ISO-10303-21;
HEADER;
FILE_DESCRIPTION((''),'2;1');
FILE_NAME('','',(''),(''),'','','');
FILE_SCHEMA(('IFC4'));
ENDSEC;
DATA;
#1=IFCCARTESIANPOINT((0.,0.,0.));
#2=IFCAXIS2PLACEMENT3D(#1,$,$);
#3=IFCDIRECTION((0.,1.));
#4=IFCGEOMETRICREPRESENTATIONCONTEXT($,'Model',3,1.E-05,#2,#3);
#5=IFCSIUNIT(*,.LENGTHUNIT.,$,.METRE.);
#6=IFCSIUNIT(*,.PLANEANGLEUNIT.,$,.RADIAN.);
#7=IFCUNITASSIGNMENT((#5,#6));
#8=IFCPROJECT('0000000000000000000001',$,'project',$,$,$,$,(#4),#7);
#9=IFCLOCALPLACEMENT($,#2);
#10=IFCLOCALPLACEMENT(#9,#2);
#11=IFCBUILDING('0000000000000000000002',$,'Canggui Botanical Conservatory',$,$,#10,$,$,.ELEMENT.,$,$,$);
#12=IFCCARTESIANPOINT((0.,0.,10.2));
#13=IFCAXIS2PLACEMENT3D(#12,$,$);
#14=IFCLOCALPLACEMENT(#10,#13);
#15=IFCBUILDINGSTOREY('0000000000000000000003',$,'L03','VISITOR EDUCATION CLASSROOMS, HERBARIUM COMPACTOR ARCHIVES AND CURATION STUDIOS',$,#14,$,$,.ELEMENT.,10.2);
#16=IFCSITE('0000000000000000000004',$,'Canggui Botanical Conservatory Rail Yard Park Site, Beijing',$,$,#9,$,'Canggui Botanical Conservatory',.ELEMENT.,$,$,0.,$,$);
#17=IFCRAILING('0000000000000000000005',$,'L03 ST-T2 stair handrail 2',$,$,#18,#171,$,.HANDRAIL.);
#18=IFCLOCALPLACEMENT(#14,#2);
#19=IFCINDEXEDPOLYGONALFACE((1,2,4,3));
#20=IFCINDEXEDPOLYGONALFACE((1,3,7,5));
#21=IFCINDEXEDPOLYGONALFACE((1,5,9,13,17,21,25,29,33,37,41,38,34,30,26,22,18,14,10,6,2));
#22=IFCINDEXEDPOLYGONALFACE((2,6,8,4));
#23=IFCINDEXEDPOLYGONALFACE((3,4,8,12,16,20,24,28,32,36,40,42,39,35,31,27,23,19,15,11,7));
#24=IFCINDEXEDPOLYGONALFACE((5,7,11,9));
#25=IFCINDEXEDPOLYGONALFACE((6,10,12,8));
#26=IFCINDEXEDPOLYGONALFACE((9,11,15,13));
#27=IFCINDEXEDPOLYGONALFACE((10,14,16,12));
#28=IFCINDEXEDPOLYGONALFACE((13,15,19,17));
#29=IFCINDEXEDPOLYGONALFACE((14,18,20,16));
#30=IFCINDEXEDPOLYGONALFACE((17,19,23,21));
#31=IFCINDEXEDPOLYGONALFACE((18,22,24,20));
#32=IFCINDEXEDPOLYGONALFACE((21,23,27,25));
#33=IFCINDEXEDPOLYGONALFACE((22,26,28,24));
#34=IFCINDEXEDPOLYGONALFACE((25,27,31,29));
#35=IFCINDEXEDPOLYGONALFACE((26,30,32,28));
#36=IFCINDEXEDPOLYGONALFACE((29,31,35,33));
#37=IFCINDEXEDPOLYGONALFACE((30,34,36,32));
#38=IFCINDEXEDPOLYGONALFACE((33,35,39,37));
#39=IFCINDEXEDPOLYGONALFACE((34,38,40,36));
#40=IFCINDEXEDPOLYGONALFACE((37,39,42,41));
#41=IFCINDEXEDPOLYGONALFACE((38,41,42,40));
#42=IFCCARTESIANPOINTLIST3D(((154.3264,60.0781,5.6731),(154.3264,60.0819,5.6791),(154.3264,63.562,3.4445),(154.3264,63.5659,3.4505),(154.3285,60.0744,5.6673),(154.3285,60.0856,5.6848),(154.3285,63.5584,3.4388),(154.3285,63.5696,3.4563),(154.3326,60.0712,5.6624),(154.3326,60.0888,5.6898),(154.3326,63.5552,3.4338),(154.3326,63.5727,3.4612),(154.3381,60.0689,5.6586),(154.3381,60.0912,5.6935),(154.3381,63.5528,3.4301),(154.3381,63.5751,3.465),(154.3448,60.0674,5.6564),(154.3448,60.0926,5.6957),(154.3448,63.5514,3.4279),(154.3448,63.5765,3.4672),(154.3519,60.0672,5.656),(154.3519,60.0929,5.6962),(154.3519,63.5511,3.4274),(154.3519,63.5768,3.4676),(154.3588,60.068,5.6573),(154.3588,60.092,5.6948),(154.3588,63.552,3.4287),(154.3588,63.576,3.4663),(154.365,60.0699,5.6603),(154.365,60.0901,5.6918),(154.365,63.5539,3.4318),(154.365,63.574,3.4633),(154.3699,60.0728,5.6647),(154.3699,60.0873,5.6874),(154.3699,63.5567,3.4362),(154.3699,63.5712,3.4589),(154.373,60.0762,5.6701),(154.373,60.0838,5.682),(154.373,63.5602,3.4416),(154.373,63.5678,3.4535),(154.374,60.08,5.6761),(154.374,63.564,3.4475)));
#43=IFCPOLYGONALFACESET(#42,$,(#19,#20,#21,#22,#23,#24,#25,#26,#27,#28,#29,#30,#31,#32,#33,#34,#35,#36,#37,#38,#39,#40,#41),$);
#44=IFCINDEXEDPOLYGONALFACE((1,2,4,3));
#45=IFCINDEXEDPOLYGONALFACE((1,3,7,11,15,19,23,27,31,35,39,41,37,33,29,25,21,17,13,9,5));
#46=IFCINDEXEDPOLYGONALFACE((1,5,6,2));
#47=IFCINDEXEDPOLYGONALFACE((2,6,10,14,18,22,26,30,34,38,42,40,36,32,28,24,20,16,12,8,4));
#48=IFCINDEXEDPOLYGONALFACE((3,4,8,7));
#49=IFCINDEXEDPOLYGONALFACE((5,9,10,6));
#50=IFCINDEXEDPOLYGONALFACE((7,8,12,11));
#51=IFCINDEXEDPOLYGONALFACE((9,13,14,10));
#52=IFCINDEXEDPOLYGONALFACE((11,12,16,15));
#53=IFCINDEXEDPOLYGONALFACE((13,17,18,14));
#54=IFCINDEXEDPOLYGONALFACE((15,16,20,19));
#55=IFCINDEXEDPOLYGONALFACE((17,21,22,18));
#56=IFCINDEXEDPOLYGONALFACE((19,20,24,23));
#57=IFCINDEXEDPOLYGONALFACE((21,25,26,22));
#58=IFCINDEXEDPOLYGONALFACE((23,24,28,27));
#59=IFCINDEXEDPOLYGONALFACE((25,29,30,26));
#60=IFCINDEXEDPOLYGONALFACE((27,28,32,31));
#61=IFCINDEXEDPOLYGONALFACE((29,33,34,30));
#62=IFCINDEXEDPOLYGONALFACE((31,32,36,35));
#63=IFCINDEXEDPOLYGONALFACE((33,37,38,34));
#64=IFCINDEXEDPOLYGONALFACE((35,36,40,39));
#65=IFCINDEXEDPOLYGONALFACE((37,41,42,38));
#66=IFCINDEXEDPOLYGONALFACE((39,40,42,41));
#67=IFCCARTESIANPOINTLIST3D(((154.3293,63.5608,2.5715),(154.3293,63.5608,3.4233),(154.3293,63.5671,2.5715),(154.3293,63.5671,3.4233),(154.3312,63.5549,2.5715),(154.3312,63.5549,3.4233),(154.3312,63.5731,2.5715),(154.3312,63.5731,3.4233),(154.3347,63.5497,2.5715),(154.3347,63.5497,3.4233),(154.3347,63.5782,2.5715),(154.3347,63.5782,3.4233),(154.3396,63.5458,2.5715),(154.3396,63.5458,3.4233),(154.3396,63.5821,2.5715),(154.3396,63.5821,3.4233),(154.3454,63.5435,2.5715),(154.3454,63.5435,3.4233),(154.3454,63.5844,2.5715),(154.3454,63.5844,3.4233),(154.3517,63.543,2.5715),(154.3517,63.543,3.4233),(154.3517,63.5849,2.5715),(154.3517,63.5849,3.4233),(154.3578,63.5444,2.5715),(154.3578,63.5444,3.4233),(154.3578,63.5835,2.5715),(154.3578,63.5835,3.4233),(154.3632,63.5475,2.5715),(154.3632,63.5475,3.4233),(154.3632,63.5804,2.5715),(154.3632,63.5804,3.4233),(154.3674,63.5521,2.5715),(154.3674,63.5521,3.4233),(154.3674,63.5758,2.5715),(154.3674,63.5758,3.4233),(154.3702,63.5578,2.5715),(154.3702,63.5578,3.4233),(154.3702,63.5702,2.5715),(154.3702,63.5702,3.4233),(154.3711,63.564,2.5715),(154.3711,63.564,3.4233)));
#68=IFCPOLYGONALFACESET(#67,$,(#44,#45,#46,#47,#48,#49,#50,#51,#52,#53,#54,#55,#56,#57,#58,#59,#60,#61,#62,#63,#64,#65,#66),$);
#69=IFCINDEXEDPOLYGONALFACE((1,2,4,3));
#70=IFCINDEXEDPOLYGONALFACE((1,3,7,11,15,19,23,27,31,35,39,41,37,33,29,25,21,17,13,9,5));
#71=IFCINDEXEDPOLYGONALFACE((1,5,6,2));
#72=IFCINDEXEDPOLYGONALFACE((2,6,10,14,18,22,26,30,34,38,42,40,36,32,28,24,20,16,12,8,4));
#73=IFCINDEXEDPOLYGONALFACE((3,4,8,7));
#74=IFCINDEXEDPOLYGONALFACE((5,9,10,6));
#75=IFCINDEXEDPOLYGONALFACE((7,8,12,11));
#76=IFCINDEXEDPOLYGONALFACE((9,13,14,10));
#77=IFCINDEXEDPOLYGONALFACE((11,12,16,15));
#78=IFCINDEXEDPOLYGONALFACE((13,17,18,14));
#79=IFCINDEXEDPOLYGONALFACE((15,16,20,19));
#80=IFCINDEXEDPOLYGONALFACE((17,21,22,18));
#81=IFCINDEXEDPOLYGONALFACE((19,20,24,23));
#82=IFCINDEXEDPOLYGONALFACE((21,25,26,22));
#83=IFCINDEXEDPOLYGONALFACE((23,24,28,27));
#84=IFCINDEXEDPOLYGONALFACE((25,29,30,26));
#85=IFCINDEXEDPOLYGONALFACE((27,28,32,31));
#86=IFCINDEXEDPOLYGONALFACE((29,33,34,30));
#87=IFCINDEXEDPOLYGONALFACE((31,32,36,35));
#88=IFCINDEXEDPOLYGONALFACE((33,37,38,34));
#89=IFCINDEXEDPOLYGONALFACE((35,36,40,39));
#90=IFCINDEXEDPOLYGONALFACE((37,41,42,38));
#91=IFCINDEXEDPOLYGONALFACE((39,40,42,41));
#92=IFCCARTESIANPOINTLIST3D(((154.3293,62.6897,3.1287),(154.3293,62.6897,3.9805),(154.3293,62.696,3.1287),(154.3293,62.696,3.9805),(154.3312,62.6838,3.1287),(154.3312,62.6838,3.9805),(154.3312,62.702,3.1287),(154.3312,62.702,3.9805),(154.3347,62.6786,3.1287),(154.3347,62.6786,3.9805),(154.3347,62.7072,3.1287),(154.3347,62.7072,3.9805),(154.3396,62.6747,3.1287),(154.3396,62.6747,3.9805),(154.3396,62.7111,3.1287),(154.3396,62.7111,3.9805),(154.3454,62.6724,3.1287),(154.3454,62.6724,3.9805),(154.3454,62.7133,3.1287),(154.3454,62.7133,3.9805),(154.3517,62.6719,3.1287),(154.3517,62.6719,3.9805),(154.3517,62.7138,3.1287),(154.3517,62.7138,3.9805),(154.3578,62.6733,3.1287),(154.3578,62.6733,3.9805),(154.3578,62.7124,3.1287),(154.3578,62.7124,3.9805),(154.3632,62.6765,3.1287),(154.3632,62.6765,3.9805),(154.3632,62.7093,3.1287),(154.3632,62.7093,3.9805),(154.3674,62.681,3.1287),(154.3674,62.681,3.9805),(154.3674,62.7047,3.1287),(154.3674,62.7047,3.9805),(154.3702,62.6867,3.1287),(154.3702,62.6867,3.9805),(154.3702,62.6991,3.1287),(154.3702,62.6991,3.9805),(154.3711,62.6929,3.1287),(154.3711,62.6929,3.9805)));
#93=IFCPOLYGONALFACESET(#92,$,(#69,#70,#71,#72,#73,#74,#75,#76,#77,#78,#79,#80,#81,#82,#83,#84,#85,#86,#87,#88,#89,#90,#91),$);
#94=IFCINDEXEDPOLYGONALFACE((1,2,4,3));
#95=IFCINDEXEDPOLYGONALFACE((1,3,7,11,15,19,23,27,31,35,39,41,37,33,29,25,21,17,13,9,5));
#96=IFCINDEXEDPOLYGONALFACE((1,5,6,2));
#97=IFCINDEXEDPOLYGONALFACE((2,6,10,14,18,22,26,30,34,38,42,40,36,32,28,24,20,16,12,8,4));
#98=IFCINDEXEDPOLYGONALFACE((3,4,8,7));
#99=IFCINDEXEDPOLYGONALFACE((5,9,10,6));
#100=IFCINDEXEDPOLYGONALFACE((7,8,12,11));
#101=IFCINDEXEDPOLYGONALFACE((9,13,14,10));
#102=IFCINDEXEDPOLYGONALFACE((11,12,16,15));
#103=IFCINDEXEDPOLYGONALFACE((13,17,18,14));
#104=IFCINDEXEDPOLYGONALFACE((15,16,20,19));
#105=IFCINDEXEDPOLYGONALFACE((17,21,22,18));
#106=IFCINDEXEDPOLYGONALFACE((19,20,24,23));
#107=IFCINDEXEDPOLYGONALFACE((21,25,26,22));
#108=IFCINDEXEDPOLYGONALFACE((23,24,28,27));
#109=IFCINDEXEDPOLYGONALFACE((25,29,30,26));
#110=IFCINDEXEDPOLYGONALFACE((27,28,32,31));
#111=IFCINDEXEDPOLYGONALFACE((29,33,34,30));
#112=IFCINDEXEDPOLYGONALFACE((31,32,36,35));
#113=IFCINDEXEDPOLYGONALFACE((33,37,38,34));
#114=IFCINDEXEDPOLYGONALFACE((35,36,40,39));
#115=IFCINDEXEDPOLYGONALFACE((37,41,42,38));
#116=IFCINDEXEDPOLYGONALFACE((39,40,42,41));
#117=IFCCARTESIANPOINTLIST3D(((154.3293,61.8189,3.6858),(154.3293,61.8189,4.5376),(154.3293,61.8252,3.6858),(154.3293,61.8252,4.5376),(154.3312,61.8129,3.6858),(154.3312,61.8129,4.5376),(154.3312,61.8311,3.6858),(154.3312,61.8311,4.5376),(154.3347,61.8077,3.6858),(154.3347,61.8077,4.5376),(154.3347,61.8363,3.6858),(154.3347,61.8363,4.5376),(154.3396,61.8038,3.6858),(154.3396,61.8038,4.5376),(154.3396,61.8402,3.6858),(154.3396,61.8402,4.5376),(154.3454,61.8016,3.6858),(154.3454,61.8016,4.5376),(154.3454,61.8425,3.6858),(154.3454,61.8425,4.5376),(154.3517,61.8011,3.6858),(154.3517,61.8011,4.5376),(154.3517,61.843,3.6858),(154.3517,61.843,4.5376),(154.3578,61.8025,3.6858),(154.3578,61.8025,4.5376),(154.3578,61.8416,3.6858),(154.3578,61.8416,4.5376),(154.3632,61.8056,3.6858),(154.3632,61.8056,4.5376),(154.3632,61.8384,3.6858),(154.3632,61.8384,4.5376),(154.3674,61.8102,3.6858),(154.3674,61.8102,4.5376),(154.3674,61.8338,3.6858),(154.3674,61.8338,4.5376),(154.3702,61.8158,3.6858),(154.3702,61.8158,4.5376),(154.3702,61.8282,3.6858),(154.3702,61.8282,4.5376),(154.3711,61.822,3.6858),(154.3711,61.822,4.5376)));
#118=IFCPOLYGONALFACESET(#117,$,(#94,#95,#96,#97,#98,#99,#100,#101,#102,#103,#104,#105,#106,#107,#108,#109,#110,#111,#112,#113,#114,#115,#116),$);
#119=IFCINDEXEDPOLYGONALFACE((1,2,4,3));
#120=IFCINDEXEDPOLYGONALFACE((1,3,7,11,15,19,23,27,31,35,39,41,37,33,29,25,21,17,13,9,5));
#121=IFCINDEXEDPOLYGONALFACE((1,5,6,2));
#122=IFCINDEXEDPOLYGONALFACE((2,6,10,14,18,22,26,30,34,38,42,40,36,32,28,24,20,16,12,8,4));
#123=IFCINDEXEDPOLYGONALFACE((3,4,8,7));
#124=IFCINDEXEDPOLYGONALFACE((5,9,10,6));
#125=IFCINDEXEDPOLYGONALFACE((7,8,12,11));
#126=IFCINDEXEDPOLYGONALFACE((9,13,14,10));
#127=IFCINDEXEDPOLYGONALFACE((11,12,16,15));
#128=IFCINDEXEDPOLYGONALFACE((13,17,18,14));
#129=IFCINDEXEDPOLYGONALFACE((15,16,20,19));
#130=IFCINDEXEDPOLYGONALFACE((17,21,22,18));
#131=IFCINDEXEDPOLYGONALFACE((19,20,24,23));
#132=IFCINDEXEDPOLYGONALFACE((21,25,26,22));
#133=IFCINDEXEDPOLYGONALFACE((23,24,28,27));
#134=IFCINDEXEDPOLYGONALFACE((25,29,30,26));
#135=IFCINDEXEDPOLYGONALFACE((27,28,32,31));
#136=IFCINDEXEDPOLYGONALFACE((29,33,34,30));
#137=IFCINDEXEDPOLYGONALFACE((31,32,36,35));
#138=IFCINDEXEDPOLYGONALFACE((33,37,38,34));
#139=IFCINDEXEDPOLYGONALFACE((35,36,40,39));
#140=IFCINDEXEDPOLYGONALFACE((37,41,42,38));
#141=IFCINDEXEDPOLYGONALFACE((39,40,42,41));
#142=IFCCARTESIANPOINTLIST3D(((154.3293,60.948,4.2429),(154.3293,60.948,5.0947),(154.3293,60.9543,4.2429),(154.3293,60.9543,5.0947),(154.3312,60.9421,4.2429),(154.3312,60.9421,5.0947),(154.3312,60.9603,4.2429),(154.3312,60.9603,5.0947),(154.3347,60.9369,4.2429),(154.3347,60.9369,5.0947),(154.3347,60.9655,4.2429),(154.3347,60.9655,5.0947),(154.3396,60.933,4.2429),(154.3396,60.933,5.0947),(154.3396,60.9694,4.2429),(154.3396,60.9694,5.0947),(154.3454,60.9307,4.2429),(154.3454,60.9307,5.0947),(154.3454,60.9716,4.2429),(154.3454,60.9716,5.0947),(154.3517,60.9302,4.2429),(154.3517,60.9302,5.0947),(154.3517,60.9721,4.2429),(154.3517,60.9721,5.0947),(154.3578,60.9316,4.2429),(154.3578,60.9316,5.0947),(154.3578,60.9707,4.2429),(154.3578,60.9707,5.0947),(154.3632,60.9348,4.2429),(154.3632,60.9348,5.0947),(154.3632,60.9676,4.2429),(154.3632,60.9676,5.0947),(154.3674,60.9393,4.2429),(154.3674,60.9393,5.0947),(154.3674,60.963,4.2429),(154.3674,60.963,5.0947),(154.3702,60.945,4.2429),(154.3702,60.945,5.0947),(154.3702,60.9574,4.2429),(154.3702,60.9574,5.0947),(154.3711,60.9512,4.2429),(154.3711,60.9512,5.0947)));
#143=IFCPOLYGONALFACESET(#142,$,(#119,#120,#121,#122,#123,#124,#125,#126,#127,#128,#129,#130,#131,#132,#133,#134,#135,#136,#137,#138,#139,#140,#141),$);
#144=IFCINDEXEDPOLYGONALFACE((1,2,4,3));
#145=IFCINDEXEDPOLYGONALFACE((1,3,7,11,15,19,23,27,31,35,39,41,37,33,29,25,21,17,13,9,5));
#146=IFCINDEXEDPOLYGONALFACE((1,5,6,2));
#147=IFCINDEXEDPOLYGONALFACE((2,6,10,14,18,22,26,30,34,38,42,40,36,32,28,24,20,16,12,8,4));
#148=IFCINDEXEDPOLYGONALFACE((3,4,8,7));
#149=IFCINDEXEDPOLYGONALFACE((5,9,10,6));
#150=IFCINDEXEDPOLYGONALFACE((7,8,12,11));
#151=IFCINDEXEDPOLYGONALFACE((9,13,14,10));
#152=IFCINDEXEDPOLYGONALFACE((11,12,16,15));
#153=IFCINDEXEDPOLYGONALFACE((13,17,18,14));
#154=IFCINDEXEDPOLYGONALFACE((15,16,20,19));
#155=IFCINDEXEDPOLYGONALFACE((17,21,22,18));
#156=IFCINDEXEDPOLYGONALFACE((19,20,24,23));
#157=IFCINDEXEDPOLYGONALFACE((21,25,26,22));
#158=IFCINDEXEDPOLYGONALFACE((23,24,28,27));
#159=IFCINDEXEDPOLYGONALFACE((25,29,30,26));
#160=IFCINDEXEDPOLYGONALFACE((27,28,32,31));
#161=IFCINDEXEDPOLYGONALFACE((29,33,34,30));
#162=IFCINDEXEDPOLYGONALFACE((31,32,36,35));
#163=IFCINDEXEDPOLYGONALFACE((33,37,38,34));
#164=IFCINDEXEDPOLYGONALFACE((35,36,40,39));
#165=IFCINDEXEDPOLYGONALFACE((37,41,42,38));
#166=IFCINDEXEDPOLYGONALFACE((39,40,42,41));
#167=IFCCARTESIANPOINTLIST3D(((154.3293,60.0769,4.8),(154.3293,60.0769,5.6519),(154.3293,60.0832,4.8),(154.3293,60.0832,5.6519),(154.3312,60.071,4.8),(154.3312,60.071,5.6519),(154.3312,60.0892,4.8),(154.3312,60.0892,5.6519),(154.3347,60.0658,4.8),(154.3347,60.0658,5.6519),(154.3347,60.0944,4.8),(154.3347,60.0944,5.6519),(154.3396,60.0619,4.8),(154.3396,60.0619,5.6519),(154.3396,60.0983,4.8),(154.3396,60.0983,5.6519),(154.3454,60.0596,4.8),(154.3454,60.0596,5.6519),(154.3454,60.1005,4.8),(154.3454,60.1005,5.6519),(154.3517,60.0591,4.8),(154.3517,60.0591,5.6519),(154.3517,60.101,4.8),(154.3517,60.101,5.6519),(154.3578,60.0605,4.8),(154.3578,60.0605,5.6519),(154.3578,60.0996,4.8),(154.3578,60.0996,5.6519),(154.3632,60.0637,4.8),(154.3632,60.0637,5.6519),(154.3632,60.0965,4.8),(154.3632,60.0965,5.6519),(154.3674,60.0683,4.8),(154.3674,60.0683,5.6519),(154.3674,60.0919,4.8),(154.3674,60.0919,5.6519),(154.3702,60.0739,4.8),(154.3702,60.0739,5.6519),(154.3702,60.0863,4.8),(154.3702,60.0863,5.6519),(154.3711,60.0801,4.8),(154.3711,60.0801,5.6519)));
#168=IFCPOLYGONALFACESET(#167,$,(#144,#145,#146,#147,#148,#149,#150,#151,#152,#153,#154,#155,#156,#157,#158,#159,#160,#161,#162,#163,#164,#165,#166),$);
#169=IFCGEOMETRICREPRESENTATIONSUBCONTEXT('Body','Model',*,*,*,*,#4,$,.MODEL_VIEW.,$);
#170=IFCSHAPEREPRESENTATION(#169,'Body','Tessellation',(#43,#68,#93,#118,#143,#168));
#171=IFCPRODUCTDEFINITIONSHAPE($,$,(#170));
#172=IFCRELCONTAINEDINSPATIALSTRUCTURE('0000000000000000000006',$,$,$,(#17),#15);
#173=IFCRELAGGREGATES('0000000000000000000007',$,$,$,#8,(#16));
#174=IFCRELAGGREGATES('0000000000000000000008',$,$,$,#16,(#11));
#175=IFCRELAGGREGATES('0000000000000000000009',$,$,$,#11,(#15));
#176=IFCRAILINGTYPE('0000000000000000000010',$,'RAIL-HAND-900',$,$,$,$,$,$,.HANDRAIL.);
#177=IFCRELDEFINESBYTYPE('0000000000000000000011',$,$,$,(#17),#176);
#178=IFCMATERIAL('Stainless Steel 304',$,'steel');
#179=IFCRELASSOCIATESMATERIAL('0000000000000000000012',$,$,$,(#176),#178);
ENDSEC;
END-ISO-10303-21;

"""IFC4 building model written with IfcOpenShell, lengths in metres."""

from ifc_helpers import new_model, si_unit, direction, frame, origin, origin_2d, place, context, subcontext, project, spatial, circle, extrude, material, type_object, element, save


model = new_model("IFC4")

# Units and contexts
model_context = context("Model", 3, precision=1e-05, world=origin(), true_north=direction((0.0, 1.0)))
body_context = subcontext(model_context, "Body", "Model", "MODEL_VIEW")
ifc_project = project(units=[si_unit("LENGTHUNIT", "METRE"), si_unit("PLANEANGLEUNIT", "RADIAN")], contexts=[model_context])

# Site, building, storey
site_placement = place(None, origin())
site = spatial("IfcSite", under=ifc_project, at=site_placement, Name="Canggui Botanical Conservatory Rail Yard Park Site, Beijing", LongName="Canggui Botanical Conservatory", CompositionType="ELEMENT", RefElevation=0.0)
building_placement = place(site_placement, origin())
building = spatial("IfcBuilding", under=site, at=building_placement, Name="Canggui Botanical Conservatory", CompositionType="ELEMENT")
storey_placement = place(building_placement, frame((0.0, 0.0, 10.2)))
storey = spatial("IfcBuildingStorey", under=building, at=storey_placement, Name="L03", Description="VISITOR EDUCATION CLASSROOMS, HERBARIUM COMPACTOR ARCHIVES AND CURATION STUDIOS", CompositionType="ELEMENT", Elevation=10.2)

# Shared definitions
ifc_material_1 = material(Name="Stainless Steel 304", Category="steel")

# Railing
railing_type = type_object("IfcRailingType", Name="RAIL-HAND-900", PredefinedType="HANDRAIL", material=ifc_material_1)
railing_placement = place(storey_placement, frame((154.3501, 63.564, 2.5715)))
element("IfcRailing", 1, at=railing_placement, inside=storey, type_object=railing_type, Name="L03 ST-T2 stair handrail 2", PredefinedType="HANDRAIL", context=body_context, shape_type="SweptSolid", body=[
    extrude(circle(Radius=0.0239, at=origin_2d()), frame((0.0, 0.0, 0.876), z_axis=(0.0, -0.8424, 0.538853), x_axis=(1.0, 0.0, 0.0)), (0.0, 0.0, 1.0), 4.1357),
    extrude(circle(Radius=0.021, at=origin_2d()), origin(), (0.0, 0.0, 1.0), 0.8518),
    extrude(circle(Radius=0.021, at=origin_2d()), frame((0.0, -0.8711, 0.5571)), (0.0, 0.0, 1.0), 0.8518),
    extrude(circle(Radius=0.021, at=origin_2d()), frame((0.0, -1.7419, 1.1143)), (0.0, 0.0, 1.0), 0.8518),
    extrude(circle(Radius=0.021, at=origin_2d()), frame((0.0, -2.6128, 1.6714)), (0.0, 0.0, 1.0), 0.8518),
    extrude(circle(Radius=0.021, at=origin_2d()), frame((0.0, -3.4839, 2.2285)), (0.0, 0.0, 1.0), 0.8518),
])

save(model, "model.ifc")
